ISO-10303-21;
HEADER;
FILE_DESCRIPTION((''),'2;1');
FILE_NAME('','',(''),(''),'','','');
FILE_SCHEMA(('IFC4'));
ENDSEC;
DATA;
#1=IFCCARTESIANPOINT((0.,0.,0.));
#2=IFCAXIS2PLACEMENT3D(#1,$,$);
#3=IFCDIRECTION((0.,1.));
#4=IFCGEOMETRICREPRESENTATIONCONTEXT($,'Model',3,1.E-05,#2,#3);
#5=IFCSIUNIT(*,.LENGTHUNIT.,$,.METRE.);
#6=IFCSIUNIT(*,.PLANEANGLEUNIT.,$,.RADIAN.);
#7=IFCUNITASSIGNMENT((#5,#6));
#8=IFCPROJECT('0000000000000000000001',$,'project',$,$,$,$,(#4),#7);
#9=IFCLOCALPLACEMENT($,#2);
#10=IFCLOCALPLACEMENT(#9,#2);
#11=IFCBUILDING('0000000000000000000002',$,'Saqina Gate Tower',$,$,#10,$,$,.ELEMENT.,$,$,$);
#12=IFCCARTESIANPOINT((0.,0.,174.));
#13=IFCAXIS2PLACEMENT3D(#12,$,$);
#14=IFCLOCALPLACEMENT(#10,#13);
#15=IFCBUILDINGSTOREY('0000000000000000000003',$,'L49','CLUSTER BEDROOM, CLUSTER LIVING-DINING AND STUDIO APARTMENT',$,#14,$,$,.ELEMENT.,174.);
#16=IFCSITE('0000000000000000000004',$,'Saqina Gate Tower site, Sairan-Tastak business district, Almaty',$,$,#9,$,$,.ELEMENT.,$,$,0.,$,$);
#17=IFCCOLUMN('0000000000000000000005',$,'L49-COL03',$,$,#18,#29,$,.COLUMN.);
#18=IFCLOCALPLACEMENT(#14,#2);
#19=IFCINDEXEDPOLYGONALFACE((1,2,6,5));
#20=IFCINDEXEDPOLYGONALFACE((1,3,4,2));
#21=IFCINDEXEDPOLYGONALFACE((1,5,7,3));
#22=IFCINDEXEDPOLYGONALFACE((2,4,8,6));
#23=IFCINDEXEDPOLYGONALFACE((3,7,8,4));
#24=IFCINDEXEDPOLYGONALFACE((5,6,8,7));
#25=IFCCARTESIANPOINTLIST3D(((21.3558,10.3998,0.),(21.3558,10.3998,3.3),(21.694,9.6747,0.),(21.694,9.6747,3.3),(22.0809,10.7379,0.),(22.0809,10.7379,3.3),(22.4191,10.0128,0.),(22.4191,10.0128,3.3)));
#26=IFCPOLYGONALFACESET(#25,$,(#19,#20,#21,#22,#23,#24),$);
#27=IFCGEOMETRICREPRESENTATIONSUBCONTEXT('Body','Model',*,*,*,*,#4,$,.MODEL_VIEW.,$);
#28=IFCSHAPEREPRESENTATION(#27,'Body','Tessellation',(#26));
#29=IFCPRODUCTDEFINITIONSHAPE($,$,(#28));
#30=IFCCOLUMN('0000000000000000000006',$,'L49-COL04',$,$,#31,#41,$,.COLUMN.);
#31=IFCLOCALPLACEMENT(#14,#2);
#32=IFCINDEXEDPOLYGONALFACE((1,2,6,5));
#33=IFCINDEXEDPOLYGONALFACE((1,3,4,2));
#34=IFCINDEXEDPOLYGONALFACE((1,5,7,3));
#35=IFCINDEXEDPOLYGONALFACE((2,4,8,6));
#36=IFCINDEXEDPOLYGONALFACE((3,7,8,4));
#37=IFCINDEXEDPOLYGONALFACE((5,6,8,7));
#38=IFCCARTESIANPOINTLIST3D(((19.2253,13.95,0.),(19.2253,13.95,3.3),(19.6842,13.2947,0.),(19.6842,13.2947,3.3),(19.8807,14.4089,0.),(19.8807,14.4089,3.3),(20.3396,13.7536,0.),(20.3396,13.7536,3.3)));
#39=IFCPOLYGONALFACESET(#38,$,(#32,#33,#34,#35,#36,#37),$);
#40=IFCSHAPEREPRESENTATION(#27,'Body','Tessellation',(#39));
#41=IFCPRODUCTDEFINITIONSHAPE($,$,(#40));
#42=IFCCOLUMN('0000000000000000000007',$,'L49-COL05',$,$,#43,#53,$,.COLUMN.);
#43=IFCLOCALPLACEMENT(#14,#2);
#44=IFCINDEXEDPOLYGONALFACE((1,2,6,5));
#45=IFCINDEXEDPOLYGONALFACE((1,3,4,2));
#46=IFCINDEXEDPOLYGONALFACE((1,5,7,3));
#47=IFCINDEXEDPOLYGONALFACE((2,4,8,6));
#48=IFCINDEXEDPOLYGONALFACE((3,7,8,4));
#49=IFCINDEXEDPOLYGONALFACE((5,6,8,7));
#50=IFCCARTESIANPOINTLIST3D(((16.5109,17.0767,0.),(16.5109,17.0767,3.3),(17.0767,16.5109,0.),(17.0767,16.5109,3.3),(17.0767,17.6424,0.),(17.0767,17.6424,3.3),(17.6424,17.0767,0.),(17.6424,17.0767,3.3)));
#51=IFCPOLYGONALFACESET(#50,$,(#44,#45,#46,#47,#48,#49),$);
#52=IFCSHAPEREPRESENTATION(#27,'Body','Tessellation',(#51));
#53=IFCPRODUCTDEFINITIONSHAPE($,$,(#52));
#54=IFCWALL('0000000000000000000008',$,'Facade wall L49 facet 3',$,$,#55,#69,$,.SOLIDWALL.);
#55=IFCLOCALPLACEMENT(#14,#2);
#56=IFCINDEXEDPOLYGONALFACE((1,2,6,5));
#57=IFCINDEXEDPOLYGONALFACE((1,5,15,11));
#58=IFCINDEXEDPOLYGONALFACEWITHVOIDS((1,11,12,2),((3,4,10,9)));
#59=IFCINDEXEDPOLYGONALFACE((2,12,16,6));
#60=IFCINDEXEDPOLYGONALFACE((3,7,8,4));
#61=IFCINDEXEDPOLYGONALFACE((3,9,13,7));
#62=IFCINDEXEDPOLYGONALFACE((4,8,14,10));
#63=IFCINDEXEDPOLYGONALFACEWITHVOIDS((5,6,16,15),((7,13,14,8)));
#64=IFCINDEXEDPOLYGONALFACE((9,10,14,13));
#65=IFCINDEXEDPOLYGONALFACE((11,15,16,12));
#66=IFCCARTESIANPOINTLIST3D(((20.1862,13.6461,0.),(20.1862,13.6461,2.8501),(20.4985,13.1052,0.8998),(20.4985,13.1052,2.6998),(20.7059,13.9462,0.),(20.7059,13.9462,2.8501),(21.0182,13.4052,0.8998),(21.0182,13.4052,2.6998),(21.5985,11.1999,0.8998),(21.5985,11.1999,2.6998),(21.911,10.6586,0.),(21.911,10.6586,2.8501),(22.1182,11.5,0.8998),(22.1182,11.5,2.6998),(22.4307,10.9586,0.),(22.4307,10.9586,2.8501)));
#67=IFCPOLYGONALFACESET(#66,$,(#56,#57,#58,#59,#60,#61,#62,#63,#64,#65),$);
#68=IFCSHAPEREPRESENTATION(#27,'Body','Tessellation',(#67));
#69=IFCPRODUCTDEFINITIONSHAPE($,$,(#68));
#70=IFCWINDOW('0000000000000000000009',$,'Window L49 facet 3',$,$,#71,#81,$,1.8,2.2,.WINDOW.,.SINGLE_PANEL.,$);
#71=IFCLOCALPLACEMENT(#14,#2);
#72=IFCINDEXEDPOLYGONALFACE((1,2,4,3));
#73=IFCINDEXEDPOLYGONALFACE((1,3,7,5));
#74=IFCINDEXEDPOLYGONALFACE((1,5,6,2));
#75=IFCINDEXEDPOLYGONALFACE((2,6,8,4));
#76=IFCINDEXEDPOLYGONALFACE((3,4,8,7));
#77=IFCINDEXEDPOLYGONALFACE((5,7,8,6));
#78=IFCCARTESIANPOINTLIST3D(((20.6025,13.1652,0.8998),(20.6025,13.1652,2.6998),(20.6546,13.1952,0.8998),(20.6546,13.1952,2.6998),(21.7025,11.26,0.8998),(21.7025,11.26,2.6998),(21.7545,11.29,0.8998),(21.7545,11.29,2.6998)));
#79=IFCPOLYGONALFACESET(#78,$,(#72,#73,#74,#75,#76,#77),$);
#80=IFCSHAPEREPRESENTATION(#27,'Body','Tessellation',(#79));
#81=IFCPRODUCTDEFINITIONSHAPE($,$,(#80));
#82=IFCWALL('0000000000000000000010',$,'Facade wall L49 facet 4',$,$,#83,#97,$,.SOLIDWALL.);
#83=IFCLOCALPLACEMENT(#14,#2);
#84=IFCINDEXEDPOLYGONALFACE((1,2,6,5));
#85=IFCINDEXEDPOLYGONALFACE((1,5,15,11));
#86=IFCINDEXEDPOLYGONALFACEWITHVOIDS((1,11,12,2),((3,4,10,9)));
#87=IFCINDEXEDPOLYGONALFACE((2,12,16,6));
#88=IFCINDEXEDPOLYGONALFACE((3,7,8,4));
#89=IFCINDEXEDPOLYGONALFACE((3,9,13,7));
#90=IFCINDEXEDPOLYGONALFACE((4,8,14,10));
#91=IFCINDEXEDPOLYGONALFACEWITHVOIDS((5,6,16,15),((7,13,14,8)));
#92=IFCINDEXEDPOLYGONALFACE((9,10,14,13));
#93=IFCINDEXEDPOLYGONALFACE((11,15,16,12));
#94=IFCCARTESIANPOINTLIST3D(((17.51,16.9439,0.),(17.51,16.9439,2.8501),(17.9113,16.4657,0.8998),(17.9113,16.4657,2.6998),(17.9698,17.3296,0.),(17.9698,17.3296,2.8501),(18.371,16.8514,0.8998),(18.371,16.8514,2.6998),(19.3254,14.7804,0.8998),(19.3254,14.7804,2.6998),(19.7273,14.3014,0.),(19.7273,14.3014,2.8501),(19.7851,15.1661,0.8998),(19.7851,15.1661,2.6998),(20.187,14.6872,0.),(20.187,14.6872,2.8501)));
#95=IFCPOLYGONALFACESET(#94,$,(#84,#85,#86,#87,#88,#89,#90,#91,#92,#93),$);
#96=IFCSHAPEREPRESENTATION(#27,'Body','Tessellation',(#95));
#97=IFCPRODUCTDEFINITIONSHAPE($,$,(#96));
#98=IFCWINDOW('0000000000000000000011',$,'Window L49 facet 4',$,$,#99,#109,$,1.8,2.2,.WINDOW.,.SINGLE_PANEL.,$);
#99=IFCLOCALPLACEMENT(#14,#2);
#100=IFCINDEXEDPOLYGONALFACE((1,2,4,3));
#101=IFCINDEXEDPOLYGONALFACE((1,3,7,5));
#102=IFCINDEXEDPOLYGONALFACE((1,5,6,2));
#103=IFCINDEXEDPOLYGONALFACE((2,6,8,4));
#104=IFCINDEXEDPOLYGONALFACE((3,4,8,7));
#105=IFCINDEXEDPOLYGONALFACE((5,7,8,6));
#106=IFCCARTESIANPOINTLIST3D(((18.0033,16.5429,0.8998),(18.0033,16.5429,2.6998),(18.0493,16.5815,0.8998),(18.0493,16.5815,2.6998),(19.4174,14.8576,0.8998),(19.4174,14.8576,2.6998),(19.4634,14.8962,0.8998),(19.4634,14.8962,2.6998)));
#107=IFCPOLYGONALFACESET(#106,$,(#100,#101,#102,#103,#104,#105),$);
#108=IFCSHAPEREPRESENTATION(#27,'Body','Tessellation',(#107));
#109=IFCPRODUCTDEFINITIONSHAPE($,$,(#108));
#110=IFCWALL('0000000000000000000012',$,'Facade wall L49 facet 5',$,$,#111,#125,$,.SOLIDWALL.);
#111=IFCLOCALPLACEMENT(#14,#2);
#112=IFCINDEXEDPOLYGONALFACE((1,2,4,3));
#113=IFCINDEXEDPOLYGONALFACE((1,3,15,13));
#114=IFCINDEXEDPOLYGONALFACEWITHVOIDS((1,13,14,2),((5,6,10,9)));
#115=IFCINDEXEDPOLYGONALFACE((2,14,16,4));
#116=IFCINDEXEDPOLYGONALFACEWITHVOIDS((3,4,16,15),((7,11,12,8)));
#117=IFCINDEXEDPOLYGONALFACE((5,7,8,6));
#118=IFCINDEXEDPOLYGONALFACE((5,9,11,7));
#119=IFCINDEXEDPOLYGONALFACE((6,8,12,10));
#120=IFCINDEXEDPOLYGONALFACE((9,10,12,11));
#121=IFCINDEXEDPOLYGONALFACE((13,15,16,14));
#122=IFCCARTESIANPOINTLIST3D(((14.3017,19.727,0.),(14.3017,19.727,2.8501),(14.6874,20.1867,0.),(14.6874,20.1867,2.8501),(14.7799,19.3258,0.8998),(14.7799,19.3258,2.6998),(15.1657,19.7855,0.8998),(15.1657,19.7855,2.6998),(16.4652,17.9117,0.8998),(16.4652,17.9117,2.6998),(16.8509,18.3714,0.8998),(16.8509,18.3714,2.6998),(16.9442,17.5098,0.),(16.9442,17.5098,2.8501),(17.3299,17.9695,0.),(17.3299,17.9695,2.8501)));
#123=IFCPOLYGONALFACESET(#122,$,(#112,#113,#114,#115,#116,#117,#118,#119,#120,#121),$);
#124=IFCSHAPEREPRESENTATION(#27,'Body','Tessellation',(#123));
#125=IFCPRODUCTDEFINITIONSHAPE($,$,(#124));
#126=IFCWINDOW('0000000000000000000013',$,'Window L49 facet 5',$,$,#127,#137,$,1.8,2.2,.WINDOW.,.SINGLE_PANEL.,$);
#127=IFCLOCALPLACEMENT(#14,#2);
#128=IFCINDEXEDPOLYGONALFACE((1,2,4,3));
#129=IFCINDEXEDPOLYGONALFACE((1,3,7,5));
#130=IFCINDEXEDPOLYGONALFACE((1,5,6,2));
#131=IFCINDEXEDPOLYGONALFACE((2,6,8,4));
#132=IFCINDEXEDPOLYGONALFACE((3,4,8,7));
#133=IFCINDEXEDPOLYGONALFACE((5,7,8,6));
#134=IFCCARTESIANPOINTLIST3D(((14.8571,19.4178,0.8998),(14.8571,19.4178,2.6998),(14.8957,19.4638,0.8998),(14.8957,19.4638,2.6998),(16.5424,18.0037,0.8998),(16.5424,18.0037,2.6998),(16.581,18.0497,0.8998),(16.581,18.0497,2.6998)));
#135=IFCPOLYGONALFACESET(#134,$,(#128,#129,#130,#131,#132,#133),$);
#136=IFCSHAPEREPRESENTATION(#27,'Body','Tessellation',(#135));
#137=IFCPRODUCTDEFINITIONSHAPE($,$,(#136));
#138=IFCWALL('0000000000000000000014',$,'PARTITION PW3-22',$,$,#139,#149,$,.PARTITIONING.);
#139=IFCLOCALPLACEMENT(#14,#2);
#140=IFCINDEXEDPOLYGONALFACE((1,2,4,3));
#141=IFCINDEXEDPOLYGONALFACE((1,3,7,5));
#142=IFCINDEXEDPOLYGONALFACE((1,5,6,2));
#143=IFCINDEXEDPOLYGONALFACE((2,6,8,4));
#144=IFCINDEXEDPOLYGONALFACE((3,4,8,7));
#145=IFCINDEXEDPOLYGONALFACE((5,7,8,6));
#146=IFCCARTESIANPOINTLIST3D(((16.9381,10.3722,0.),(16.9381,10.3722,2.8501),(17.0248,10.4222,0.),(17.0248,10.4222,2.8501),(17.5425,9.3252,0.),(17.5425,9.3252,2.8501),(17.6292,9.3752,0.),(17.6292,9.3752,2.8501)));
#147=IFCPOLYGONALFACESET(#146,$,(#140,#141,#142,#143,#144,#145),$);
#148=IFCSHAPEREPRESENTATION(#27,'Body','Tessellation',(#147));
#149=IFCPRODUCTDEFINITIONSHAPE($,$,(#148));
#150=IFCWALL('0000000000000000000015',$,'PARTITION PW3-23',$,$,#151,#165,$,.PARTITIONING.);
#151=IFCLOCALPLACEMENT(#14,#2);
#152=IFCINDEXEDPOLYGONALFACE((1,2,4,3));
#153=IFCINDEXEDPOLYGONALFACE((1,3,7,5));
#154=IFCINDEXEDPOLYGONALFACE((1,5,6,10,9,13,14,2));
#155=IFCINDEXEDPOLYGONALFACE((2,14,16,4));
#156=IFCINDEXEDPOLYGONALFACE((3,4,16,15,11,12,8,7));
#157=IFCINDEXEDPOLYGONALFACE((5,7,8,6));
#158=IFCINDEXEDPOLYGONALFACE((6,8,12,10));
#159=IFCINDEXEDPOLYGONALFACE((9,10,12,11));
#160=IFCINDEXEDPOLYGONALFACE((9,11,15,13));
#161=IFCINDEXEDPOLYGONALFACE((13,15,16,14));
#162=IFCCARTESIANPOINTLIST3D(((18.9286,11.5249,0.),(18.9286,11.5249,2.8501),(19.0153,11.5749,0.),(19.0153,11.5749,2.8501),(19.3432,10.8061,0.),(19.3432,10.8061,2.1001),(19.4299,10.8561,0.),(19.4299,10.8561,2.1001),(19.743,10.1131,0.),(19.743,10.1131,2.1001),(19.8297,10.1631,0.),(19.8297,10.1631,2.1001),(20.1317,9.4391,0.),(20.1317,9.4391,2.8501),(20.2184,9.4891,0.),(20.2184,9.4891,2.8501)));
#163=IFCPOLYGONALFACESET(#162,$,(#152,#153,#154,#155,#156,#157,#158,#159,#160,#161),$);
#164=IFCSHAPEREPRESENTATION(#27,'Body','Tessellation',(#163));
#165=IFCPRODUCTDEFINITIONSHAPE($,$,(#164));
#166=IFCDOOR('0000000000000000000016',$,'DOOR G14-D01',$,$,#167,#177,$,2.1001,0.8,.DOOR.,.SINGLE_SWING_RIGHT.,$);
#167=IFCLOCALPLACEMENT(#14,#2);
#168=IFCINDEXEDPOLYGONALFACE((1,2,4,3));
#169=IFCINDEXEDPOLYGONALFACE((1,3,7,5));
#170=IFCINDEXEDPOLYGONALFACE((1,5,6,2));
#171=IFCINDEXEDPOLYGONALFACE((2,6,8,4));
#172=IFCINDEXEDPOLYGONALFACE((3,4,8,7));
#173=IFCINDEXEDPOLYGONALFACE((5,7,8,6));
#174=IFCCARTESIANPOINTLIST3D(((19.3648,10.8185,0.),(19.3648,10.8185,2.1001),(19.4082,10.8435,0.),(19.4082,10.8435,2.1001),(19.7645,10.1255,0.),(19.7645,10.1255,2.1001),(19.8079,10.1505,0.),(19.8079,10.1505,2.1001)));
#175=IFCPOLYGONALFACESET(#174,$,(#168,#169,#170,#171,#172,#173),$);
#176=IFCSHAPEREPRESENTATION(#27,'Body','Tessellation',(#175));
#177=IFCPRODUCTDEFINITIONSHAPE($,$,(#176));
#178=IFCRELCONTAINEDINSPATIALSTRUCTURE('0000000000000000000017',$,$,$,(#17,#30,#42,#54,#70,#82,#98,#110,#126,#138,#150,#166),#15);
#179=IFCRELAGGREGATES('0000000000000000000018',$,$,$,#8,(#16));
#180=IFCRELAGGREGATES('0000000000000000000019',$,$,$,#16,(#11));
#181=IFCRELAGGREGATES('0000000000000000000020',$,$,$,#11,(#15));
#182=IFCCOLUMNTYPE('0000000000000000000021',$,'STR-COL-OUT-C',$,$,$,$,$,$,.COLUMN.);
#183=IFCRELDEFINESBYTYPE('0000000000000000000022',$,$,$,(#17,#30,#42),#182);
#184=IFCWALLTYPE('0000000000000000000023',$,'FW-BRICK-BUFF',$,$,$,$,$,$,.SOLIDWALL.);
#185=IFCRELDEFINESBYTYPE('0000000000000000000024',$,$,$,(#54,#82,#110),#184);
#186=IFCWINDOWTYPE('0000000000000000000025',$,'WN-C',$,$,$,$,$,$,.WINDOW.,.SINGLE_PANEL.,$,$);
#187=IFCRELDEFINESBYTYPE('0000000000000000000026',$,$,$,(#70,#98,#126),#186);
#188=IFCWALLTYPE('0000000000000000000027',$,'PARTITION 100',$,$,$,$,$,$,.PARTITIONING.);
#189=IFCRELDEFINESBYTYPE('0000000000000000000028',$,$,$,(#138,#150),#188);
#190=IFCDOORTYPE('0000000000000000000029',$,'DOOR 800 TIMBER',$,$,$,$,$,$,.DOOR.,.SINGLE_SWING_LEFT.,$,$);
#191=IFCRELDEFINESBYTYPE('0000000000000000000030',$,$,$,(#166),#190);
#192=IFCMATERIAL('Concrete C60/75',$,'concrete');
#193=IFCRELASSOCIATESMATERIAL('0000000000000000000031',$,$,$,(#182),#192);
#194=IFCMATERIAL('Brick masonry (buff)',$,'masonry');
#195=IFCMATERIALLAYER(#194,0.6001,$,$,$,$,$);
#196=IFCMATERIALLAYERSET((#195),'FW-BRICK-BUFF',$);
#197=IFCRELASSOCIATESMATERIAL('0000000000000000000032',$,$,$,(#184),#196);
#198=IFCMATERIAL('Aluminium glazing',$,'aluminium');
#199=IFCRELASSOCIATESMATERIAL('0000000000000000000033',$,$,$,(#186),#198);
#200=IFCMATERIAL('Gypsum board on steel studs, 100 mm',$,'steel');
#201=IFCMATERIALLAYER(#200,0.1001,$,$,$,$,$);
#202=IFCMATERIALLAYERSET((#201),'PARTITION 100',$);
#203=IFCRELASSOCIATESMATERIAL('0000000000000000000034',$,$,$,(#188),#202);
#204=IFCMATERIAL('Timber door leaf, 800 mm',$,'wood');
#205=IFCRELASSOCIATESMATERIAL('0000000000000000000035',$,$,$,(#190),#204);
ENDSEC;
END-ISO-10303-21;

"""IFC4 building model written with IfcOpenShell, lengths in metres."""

from ifc_helpers import new_model, si_unit, direction, frame, frame_2d, origin, origin_2d, place, context, subcontext, project, spatial, rectangle, extrude, material, layer, layer_set, material_profile, profile_set, type_object, element, fill, save


model = new_model("IFC4")

# Units and contexts
model_context = context("Model", 3, precision=1e-05, world=origin(), true_north=direction((0.0, 1.0)))
body_context = subcontext(model_context, "Body", "Model", "MODEL_VIEW")
ifc_project = project(units=[si_unit("LENGTHUNIT", "METRE"), si_unit("PLANEANGLEUNIT", "RADIAN")], contexts=[model_context])

# Site, building, storey
site_placement = place(None, origin())
site = spatial("IfcSite", under=ifc_project, at=site_placement, Name="Saqina Gate Tower site, Sairan-Tastak business district, Almaty", CompositionType="ELEMENT", RefElevation=0.0)
building_placement = place(site_placement, origin())
building = spatial("IfcBuilding", under=site, at=building_placement, Name="Saqina Gate Tower", CompositionType="ELEMENT")
storey_placement = place(building_placement, frame((0.0, 0.0, 174.0)))
storey = spatial("IfcBuildingStorey", under=building, at=storey_placement, Name="L49", Description="CLUSTER BEDROOM, CLUSTER LIVING-DINING AND STUDIO APARTMENT", CompositionType="ELEMENT", Elevation=174.0)

# Columns
ifc_material_1 = material(Name="Concrete C60/75", Category="concrete")
ifc_material_profile = material_profile(ifc_material_1, rectangle(XDim=0.8, YDim=0.8, at=origin_2d()), Name="RC 800x800")
ifc_profile_set = profile_set([ifc_material_profile], Name="Concrete C60/75")
column_type = type_object("IfcColumnType", Name="STR-COL-OUT-C", PredefinedType="COLUMN", material=ifc_profile_set)
for number, where, z_axis, x_axis, name in (
    (1, (21.8875, 10.2063, 0.0), (0.0, 0.0, 1.0), (0.906308, 0.422618, 0.0), "L49-COL03"),
    (2, (19.7825, 13.8518, 0.0), (0.0, 0.0, 1.0), (0.819152, 0.573576, 0.0), "L49-COL04"),
    (3, (17.0767, 17.0767, 0.0), (0.0, 0.0, 1.0), (0.707107, 0.707107, 0.0), "L49-COL05"),
):
    element("IfcColumn", number, at=place(storey_placement, frame(where, z_axis=z_axis, x_axis=x_axis)), inside=storey, type_object=column_type, Name=name, PredefinedType="COLUMN", context=body_context, shape_type="SweptSolid", body=[
        extrude(rectangle(XDim=0.8, YDim=0.8, at=origin_2d()), origin(), (0.0, 0.0, 1.0), 3.3),
    ])

# Walls, openings, windows
ifc_material_2 = material(Name="Brick masonry (buff)", Category="masonry")
ifc_layer_1 = layer(ifc_material_2, 0.6001)
ifc_layer_set_1 = layer_set([ifc_layer_1], Name="FW-BRICK-BUFF")
wall_type_1 = type_object("IfcWallType", Name="FW-BRICK-BUFF", PredefinedType="SOLIDWALL", material=ifc_layer_set_1)
wall_1_placement = place(storey_placement, frame((22.1709, 10.8086, 0.0), z_axis=(0.0, 0.0, 1.0), x_axis=(-0.499998, 0.866026, 0.0)))
wall_1 = element("IfcWall", 4, at=wall_1_placement, inside=storey, type_object=wall_type_1, Name="Facade wall L49 facet 3", PredefinedType="SOLIDWALL", context=body_context, shape_type="SweptSolid", body=[
    extrude(rectangle(XDim=3.4497, YDim=0.6001, at=frame_2d((1.7249, 0.0))), origin(), (0.0, 0.0, 1.0), 2.8501),
])
opening_1_placement = place(wall_1_placement, frame((0.625, 0.0, 0.8999)))
opening_1 = element("IfcOpeningElement", 5, at=opening_1_placement, cuts=wall_1, PredefinedType="OPENING", context=body_context, shape_type="SweptSolid", body=[
    extrude(rectangle(XDim=2.2, YDim=1.8, at=frame_2d((1.1001, 0.8999))), frame((0.0, 0.312, 0.0), z_axis=(0.0, -1.0, 0.0), x_axis=(1.0, 0.0, 0.0)), (0.0, 0.0, 1.0), 0.624),
])
ifc_material_3 = material(Name="Aluminium glazing", Category="aluminium")
window_type = type_object("IfcWindowType", Name="WN-C", PartitioningType="SINGLE_PANEL", PredefinedType="WINDOW", material=ifc_material_3)
window_1_placement = place(opening_1_placement, origin())
window_1 = element("IfcWindow", 6, at=window_1_placement, inside=storey, type_object=window_type, Name="Window L49 facet 3", OverallHeight=1.8, OverallWidth=2.2, PartitioningType="SINGLE_PANEL", PredefinedType="WINDOW", context=body_context, shape_type="SweptSolid", body=[
    extrude(rectangle(XDim=2.2, YDim=1.8, at=frame_2d((1.1001, 0.8999))), frame((0.0, 0.1799, 0.0), z_axis=(0.0, -1.0, 0.0), x_axis=(1.0, 0.0, 0.0)), (0.0, 0.0, 1.0), 0.0601),
])
fill(opening_1, window_1)
wall_2_placement = place(storey_placement, frame((19.957, 14.4944, 0.0), z_axis=(0.0, 0.0, 1.0), x_axis=(-0.64277, 0.766059, 0.0)))
wall_2 = element("IfcWall", 7, at=wall_2_placement, inside=storey, type_object=wall_type_1, Name="Facade wall L49 facet 4", PredefinedType="SOLIDWALL", context=body_context, shape_type="SweptSolid", body=[
    extrude(rectangle(XDim=3.4495, YDim=0.6001, at=frame_2d((1.7246, 0.0))), origin(), (0.0, 0.0, 1.0), 2.8501),
])
opening_2_placement = place(wall_2_placement, frame((0.625, 0.0, 0.8999)))
opening_2 = element("IfcOpeningElement", 8, at=opening_2_placement, cuts=wall_2, PredefinedType="OPENING", context=body_context, shape_type="SweptSolid", body=[
    extrude(rectangle(XDim=2.2, YDim=1.8, at=frame_2d((1.1001, 0.8999))), frame((0.0, 0.312, 0.0), z_axis=(0.0, -1.0, 0.0), x_axis=(1.0, 0.0, 0.0)), (0.0, 0.0, 1.0), 0.624),
])
window_2_placement = place(opening_2_placement, origin())
window_2 = element("IfcWindow", 9, at=window_2_placement, inside=storey, type_object=window_type, Name="Window L49 facet 4", OverallHeight=1.8, OverallWidth=2.2, PartitioningType="SINGLE_PANEL", PredefinedType="WINDOW", context=body_context, shape_type="SweptSolid", body=[
    extrude(rectangle(XDim=2.2, YDim=1.8, at=frame_2d((1.1001, 0.8999))), frame((0.0, 0.1799, 0.0), z_axis=(0.0, -1.0, 0.0), x_axis=(1.0, 0.0, 0.0)), (0.0, 0.0, 1.0), 0.0601),
])
fill(opening_2, window_2)
wall_3_placement = place(storey_placement, frame((17.137, 17.7397, 0.0), z_axis=(0.0, 0.0, 1.0), x_axis=(-0.766059, 0.64277, 0.0)))
wall_3 = element("IfcWall", 10, at=wall_3_placement, inside=storey, type_object=wall_type_1, Name="Facade wall L49 facet 5", PredefinedType="SOLIDWALL", context=body_context, shape_type="SweptSolid", body=[
    extrude(rectangle(XDim=3.4495, YDim=0.6001, at=frame_2d((1.7246, 0.0))), origin(), (0.0, 0.0, 1.0), 2.8501),
])
opening_3_placement = place(wall_3_placement, frame((0.625, 0.0, 0.8999)))
opening_3 = element("IfcOpeningElement", 11, at=opening_3_placement, cuts=wall_3, PredefinedType="OPENING", context=body_context, shape_type="SweptSolid", body=[
    extrude(rectangle(XDim=2.2, YDim=1.8, at=frame_2d((1.1001, 0.8999))), frame((0.0, 0.312, 0.0), z_axis=(0.0, -1.0, 0.0), x_axis=(1.0, 0.0, 0.0)), (0.0, 0.0, 1.0), 0.624),
])
window_3_placement = place(opening_3_placement, origin())
window_3 = element("IfcWindow", 12, at=window_3_placement, inside=storey, type_object=window_type, Name="Window L49 facet 5", OverallHeight=1.8, OverallWidth=2.2, PartitioningType="SINGLE_PANEL", PredefinedType="WINDOW", context=body_context, shape_type="SweptSolid", body=[
    extrude(rectangle(XDim=2.2, YDim=1.8, at=frame_2d((1.1001, 0.8999))), frame((0.0, 0.1799, 0.0), z_axis=(0.0, -1.0, 0.0), x_axis=(1.0, 0.0, 0.0)), (0.0, 0.0, 1.0), 0.0601),
])
fill(opening_3, window_3)

# Wall
ifc_material_4 = material(Name="Gypsum board on steel studs, 100 mm", Category="steel")
ifc_layer_2 = layer(ifc_material_4, 0.1001)
ifc_layer_set_2 = layer_set([ifc_layer_2], Name="PARTITION 100")
wall_type_2 = type_object("IfcWallType", Name="PARTITION 100", PredefinedType="PARTITIONING", material=ifc_layer_set_2)
wall_4_placement = place(storey_placement, frame((16.9814, 10.3972, 0.0), z_axis=(0.0, 0.0, 1.0), x_axis=(0.499961, -0.866048, 0.0)))
element("IfcWall", 13, at=wall_4_placement, inside=storey, type_object=wall_type_2, Name="PARTITION PW3-22", PredefinedType="PARTITIONING", context=body_context, shape_type="SweptSolid", body=[
    extrude(rectangle(XDim=1.209, YDim=0.1001, at=frame_2d((0.6045, 0.0))), origin(), (0.0, 0.0, 1.0), 2.8501),
])

# Wall, opening, door
wall_5_placement = place(storey_placement, frame((18.9719, 11.55, 0.0), z_axis=(0.0, 0.0, 1.0), x_axis=(0.499629, -0.86624, 0.0)))
wall_5 = element("IfcWall", 14, at=wall_5_placement, inside=storey, type_object=wall_type_2, Name="PARTITION PW3-23", PredefinedType="PARTITIONING", context=body_context, shape_type="SweptSolid", body=[
    extrude(rectangle(XDim=2.408, YDim=0.1001, at=frame_2d((1.2041, 0.0))), origin(), (0.0, 0.0, 1.0), 2.8501),
])
opening_4_placement = place(wall_5_placement, frame((0.8301, 0.0, 0.0)))
opening_4 = element("IfcOpeningElement", 15, at=opening_4_placement, cuts=wall_5, PredefinedType="OPENING", context=body_context, shape_type="SweptSolid", body=[
    extrude(rectangle(XDim=0.8, YDim=2.1001, at=frame_2d((0.3999, 1.05))), frame((0.0, 0.062, 0.0), z_axis=(0.0, -1.0, 0.0), x_axis=(1.0, 0.0, 0.0)), (0.0, 0.0, 1.0), 0.124),
])
ifc_material_5 = material(Name="Timber door leaf, 800 mm", Category="wood")
door_type_1 = type_object("IfcDoorType", Name="DOOR 800 TIMBER", OperationType="SINGLE_SWING_LEFT", PredefinedType="DOOR", material=ifc_material_5)
door_1_placement = place(opening_4_placement, origin())
door_1 = element("IfcDoor", 16, at=door_1_placement, inside=storey, type_object=door_type_1, Name="DOOR G14-D01", OperationType="SINGLE_SWING_RIGHT", OverallHeight=2.1001, OverallWidth=0.8, PredefinedType="DOOR", context=body_context, shape_type="SweptSolid", body=[
    extrude(rectangle(XDim=0.8, YDim=2.1001, at=frame_2d((0.3999, 1.05))), frame((0.0, 0.0249, 0.0), z_axis=(0.0, -1.0, 0.0), x_axis=(1.0, 0.0, 0.0)), (0.0, 0.0, 1.0), 0.05),
])
fill(opening_4, door_1)

save(model, "model.ifc")
